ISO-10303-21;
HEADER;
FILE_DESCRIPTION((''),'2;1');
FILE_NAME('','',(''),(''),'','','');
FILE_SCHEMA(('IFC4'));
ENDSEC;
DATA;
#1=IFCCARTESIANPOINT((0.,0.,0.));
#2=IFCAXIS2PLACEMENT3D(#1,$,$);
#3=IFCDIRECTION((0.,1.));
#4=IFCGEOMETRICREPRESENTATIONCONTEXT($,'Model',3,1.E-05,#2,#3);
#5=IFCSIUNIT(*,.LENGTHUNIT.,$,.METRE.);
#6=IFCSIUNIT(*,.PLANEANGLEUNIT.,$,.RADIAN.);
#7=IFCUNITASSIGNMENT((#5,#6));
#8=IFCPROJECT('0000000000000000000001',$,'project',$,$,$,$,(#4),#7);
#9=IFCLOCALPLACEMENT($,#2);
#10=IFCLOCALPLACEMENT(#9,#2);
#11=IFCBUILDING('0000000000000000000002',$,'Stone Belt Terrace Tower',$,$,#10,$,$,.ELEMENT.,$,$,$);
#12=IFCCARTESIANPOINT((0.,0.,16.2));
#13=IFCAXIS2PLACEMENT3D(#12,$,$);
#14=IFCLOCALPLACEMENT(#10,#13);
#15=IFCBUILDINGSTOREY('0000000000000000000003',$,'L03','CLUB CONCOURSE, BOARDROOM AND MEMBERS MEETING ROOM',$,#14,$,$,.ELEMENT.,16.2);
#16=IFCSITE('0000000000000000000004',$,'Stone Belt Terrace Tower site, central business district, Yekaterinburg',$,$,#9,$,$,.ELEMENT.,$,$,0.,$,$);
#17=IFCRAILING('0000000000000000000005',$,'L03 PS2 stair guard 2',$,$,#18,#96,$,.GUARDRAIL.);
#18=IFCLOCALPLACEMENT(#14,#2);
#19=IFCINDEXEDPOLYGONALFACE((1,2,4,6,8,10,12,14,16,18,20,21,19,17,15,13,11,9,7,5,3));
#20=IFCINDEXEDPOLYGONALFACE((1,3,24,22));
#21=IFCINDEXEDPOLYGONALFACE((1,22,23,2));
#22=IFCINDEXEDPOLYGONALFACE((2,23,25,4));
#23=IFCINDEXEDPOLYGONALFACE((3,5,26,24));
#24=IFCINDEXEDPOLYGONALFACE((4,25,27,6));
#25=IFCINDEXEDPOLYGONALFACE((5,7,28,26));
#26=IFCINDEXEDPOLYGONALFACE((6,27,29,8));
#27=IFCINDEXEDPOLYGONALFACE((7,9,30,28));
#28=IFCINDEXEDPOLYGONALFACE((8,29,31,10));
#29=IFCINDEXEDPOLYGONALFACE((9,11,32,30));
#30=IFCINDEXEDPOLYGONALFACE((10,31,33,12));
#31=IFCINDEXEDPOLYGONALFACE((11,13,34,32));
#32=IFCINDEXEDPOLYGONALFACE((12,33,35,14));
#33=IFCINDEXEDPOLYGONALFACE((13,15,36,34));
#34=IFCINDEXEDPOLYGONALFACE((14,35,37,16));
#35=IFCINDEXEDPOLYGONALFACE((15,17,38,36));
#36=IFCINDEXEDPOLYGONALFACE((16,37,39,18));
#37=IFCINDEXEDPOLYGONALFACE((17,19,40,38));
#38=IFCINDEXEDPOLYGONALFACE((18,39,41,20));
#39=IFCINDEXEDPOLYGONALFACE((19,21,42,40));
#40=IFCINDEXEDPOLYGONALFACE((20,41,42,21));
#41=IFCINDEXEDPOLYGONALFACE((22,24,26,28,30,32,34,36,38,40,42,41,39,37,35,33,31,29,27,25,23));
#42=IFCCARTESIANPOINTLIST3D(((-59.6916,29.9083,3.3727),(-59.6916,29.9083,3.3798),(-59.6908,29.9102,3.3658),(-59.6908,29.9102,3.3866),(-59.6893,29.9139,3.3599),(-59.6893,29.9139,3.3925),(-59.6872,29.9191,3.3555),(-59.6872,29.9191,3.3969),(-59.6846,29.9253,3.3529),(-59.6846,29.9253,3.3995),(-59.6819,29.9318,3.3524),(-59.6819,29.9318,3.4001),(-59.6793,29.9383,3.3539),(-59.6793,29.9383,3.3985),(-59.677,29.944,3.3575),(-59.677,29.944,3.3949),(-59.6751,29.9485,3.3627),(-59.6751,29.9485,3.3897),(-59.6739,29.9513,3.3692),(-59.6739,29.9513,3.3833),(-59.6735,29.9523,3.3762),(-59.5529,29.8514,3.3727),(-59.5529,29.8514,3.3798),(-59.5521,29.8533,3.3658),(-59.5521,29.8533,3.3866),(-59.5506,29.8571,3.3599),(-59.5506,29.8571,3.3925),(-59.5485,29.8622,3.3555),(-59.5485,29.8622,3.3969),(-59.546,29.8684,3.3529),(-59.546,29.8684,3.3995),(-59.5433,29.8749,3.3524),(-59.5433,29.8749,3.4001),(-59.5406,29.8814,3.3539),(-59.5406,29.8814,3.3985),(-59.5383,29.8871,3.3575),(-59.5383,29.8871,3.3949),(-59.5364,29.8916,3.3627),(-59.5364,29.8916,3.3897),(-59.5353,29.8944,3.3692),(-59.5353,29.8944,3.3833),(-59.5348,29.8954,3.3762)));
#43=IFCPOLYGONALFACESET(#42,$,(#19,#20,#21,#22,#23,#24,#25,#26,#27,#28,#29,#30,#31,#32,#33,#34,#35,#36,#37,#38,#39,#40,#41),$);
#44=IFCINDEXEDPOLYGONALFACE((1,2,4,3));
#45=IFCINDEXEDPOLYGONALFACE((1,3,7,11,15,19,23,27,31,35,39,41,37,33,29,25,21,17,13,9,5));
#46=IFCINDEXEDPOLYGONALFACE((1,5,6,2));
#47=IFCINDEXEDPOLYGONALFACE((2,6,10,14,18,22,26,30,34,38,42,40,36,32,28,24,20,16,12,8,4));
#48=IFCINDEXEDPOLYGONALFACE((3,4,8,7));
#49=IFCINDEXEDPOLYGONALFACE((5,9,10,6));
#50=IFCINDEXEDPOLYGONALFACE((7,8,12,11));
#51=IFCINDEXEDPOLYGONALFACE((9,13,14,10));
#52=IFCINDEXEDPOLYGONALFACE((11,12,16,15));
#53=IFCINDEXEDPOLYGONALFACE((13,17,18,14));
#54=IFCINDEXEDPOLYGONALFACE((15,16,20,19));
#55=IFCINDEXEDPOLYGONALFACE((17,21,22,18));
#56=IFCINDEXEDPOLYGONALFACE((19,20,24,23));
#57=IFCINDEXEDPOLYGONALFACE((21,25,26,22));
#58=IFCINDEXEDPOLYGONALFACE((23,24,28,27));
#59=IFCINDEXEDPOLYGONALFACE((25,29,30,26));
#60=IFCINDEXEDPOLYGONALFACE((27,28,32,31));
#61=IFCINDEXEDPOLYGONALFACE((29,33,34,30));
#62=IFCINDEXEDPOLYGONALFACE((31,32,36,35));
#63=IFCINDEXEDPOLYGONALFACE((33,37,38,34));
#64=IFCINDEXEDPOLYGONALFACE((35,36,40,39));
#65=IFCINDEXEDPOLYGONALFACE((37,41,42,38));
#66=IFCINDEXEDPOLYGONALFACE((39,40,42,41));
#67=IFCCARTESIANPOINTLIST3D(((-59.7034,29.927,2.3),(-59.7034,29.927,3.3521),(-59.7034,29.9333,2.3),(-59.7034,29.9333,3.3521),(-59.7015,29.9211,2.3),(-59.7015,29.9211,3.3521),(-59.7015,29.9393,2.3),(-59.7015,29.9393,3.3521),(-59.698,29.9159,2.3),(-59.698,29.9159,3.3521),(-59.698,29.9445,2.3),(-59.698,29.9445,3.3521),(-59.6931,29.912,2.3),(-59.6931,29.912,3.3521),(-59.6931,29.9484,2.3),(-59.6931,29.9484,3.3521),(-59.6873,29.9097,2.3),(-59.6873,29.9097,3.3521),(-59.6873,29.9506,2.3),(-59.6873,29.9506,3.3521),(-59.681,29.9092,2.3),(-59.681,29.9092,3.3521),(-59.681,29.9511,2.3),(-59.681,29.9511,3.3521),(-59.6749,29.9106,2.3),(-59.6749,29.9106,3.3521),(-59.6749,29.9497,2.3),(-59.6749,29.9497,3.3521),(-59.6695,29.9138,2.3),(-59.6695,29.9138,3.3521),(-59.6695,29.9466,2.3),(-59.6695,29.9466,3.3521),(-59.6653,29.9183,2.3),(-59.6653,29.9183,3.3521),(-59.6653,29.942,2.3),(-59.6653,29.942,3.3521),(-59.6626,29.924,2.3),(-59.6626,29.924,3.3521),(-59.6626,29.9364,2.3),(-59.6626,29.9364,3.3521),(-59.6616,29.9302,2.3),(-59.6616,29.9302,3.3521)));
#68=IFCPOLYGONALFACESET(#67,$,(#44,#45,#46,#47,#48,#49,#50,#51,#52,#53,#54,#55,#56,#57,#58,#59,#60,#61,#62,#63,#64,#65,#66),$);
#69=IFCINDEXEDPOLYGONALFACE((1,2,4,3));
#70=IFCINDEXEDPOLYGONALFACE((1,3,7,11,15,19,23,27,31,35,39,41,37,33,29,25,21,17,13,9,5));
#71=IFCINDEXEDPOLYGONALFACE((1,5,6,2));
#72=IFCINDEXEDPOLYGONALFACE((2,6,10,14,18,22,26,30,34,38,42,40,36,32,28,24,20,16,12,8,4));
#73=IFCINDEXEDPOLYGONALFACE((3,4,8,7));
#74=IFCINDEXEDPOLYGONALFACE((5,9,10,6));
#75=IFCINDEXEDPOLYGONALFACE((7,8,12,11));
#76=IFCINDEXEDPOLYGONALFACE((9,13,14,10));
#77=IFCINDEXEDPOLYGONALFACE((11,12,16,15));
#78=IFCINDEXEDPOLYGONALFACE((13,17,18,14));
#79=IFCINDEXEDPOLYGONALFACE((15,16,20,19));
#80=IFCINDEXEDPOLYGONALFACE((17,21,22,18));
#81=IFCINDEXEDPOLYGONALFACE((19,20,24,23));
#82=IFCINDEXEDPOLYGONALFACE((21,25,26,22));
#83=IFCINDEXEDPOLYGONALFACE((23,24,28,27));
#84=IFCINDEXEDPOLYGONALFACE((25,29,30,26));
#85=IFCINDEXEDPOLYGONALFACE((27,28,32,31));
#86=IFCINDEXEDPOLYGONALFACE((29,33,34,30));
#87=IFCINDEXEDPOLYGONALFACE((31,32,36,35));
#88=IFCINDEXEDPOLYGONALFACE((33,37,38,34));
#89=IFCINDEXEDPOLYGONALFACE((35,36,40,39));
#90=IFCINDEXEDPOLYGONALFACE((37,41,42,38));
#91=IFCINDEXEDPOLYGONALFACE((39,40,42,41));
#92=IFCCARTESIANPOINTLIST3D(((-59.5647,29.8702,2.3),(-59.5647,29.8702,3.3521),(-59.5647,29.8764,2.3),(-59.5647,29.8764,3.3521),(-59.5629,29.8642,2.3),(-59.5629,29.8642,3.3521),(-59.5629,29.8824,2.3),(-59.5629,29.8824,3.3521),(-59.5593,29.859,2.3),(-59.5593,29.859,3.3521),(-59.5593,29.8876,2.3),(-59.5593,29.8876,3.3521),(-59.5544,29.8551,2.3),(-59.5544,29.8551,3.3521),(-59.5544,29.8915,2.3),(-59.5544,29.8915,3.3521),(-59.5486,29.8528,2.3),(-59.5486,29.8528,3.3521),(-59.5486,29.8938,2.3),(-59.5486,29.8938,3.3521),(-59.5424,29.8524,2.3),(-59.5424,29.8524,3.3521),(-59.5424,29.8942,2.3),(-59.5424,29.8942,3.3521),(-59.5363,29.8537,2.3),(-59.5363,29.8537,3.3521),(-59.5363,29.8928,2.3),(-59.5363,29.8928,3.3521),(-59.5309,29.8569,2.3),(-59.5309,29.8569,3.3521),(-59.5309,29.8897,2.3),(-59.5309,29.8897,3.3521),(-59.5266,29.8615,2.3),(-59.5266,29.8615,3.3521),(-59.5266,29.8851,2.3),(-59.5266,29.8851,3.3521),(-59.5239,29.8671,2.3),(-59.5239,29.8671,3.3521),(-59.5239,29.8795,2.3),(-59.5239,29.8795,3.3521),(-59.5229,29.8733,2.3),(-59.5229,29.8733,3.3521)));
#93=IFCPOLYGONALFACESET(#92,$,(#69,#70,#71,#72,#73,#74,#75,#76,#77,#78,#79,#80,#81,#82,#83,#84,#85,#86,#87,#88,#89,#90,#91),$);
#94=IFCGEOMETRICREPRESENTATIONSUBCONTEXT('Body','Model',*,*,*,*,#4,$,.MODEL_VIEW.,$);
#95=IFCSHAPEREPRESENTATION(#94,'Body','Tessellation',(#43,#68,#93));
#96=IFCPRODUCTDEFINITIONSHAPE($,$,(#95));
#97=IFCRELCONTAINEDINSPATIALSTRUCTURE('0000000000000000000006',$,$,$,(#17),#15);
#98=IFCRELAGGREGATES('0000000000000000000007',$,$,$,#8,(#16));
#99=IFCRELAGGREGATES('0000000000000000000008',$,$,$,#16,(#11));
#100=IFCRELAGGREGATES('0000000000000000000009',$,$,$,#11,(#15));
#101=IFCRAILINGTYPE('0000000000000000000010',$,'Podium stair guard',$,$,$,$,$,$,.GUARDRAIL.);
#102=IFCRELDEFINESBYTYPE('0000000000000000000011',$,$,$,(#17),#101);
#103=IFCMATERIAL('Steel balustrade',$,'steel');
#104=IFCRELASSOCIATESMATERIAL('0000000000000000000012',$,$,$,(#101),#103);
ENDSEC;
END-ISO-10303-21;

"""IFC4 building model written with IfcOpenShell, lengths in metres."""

from ifc_helpers import new_model, si_unit, direction, frame, origin, origin_2d, place, context, subcontext, project, spatial, circle, extrude, material, type_object, element, save


model = new_model("IFC4")

# Units and contexts
model_context = context("Model", 3, precision=1e-05, world=origin(), true_north=direction((0.0, 1.0)))
body_context = subcontext(model_context, "Body", "Model", "MODEL_VIEW")
ifc_project = project(units=[si_unit("LENGTHUNIT", "METRE"), si_unit("PLANEANGLEUNIT", "RADIAN")], contexts=[model_context])

# Site, building, storey
site_placement = place(None, origin())
site = spatial("IfcSite", under=ifc_project, at=site_placement, Name="Stone Belt Terrace Tower site, central business district, Yekaterinburg", CompositionType="ELEMENT", RefElevation=0.0)
building_placement = place(site_placement, origin())
building = spatial("IfcBuilding", under=site, at=building_placement, Name="Stone Belt Terrace Tower", CompositionType="ELEMENT")
storey_placement = place(building_placement, frame((0.0, 0.0, 16.2)))
storey = spatial("IfcBuildingStorey", under=building, at=storey_placement, Name="L03", Description="CLUB CONCOURSE, BOARDROOM AND MEMBERS MEETING ROOM", CompositionType="ELEMENT", Elevation=16.2)

# Railing
ifc_material_1 = material(Name="Steel balustrade", Category="steel")
railing_type = type_object("IfcRailingType", Name="Podium stair guard", PredefinedType="GUARDRAIL", material=ifc_material_1)
railing_placement = place(storey_placement, frame((-59.6826, 29.9302, 2.3)))
element("IfcRailing", 1, at=railing_placement, inside=storey, type_object=railing_type, Name="L03 PS2 stair guard 2", PredefinedType="GUARDRAIL", context=body_context, shape_type="SweptSolid", body=[
    extrude(circle(Radius=0.0239, at=origin_2d()), frame((0.0, 0.0, 1.0762), z_axis=(0.925183, -0.379521, 0.0), x_axis=(0.379521, 0.925183, 0.0)), (0.0, 0.0, 1.0), 0.1499),
    extrude(circle(Radius=0.021, at=origin_2d()), origin(), (0.0, 0.0, 1.0), 1.052),
    extrude(circle(Radius=0.021, at=origin_2d()), frame((0.1387, -0.0569, 0.0)), (0.0, 0.0, 1.0), 1.052),
])

save(model, "model.ifc")
